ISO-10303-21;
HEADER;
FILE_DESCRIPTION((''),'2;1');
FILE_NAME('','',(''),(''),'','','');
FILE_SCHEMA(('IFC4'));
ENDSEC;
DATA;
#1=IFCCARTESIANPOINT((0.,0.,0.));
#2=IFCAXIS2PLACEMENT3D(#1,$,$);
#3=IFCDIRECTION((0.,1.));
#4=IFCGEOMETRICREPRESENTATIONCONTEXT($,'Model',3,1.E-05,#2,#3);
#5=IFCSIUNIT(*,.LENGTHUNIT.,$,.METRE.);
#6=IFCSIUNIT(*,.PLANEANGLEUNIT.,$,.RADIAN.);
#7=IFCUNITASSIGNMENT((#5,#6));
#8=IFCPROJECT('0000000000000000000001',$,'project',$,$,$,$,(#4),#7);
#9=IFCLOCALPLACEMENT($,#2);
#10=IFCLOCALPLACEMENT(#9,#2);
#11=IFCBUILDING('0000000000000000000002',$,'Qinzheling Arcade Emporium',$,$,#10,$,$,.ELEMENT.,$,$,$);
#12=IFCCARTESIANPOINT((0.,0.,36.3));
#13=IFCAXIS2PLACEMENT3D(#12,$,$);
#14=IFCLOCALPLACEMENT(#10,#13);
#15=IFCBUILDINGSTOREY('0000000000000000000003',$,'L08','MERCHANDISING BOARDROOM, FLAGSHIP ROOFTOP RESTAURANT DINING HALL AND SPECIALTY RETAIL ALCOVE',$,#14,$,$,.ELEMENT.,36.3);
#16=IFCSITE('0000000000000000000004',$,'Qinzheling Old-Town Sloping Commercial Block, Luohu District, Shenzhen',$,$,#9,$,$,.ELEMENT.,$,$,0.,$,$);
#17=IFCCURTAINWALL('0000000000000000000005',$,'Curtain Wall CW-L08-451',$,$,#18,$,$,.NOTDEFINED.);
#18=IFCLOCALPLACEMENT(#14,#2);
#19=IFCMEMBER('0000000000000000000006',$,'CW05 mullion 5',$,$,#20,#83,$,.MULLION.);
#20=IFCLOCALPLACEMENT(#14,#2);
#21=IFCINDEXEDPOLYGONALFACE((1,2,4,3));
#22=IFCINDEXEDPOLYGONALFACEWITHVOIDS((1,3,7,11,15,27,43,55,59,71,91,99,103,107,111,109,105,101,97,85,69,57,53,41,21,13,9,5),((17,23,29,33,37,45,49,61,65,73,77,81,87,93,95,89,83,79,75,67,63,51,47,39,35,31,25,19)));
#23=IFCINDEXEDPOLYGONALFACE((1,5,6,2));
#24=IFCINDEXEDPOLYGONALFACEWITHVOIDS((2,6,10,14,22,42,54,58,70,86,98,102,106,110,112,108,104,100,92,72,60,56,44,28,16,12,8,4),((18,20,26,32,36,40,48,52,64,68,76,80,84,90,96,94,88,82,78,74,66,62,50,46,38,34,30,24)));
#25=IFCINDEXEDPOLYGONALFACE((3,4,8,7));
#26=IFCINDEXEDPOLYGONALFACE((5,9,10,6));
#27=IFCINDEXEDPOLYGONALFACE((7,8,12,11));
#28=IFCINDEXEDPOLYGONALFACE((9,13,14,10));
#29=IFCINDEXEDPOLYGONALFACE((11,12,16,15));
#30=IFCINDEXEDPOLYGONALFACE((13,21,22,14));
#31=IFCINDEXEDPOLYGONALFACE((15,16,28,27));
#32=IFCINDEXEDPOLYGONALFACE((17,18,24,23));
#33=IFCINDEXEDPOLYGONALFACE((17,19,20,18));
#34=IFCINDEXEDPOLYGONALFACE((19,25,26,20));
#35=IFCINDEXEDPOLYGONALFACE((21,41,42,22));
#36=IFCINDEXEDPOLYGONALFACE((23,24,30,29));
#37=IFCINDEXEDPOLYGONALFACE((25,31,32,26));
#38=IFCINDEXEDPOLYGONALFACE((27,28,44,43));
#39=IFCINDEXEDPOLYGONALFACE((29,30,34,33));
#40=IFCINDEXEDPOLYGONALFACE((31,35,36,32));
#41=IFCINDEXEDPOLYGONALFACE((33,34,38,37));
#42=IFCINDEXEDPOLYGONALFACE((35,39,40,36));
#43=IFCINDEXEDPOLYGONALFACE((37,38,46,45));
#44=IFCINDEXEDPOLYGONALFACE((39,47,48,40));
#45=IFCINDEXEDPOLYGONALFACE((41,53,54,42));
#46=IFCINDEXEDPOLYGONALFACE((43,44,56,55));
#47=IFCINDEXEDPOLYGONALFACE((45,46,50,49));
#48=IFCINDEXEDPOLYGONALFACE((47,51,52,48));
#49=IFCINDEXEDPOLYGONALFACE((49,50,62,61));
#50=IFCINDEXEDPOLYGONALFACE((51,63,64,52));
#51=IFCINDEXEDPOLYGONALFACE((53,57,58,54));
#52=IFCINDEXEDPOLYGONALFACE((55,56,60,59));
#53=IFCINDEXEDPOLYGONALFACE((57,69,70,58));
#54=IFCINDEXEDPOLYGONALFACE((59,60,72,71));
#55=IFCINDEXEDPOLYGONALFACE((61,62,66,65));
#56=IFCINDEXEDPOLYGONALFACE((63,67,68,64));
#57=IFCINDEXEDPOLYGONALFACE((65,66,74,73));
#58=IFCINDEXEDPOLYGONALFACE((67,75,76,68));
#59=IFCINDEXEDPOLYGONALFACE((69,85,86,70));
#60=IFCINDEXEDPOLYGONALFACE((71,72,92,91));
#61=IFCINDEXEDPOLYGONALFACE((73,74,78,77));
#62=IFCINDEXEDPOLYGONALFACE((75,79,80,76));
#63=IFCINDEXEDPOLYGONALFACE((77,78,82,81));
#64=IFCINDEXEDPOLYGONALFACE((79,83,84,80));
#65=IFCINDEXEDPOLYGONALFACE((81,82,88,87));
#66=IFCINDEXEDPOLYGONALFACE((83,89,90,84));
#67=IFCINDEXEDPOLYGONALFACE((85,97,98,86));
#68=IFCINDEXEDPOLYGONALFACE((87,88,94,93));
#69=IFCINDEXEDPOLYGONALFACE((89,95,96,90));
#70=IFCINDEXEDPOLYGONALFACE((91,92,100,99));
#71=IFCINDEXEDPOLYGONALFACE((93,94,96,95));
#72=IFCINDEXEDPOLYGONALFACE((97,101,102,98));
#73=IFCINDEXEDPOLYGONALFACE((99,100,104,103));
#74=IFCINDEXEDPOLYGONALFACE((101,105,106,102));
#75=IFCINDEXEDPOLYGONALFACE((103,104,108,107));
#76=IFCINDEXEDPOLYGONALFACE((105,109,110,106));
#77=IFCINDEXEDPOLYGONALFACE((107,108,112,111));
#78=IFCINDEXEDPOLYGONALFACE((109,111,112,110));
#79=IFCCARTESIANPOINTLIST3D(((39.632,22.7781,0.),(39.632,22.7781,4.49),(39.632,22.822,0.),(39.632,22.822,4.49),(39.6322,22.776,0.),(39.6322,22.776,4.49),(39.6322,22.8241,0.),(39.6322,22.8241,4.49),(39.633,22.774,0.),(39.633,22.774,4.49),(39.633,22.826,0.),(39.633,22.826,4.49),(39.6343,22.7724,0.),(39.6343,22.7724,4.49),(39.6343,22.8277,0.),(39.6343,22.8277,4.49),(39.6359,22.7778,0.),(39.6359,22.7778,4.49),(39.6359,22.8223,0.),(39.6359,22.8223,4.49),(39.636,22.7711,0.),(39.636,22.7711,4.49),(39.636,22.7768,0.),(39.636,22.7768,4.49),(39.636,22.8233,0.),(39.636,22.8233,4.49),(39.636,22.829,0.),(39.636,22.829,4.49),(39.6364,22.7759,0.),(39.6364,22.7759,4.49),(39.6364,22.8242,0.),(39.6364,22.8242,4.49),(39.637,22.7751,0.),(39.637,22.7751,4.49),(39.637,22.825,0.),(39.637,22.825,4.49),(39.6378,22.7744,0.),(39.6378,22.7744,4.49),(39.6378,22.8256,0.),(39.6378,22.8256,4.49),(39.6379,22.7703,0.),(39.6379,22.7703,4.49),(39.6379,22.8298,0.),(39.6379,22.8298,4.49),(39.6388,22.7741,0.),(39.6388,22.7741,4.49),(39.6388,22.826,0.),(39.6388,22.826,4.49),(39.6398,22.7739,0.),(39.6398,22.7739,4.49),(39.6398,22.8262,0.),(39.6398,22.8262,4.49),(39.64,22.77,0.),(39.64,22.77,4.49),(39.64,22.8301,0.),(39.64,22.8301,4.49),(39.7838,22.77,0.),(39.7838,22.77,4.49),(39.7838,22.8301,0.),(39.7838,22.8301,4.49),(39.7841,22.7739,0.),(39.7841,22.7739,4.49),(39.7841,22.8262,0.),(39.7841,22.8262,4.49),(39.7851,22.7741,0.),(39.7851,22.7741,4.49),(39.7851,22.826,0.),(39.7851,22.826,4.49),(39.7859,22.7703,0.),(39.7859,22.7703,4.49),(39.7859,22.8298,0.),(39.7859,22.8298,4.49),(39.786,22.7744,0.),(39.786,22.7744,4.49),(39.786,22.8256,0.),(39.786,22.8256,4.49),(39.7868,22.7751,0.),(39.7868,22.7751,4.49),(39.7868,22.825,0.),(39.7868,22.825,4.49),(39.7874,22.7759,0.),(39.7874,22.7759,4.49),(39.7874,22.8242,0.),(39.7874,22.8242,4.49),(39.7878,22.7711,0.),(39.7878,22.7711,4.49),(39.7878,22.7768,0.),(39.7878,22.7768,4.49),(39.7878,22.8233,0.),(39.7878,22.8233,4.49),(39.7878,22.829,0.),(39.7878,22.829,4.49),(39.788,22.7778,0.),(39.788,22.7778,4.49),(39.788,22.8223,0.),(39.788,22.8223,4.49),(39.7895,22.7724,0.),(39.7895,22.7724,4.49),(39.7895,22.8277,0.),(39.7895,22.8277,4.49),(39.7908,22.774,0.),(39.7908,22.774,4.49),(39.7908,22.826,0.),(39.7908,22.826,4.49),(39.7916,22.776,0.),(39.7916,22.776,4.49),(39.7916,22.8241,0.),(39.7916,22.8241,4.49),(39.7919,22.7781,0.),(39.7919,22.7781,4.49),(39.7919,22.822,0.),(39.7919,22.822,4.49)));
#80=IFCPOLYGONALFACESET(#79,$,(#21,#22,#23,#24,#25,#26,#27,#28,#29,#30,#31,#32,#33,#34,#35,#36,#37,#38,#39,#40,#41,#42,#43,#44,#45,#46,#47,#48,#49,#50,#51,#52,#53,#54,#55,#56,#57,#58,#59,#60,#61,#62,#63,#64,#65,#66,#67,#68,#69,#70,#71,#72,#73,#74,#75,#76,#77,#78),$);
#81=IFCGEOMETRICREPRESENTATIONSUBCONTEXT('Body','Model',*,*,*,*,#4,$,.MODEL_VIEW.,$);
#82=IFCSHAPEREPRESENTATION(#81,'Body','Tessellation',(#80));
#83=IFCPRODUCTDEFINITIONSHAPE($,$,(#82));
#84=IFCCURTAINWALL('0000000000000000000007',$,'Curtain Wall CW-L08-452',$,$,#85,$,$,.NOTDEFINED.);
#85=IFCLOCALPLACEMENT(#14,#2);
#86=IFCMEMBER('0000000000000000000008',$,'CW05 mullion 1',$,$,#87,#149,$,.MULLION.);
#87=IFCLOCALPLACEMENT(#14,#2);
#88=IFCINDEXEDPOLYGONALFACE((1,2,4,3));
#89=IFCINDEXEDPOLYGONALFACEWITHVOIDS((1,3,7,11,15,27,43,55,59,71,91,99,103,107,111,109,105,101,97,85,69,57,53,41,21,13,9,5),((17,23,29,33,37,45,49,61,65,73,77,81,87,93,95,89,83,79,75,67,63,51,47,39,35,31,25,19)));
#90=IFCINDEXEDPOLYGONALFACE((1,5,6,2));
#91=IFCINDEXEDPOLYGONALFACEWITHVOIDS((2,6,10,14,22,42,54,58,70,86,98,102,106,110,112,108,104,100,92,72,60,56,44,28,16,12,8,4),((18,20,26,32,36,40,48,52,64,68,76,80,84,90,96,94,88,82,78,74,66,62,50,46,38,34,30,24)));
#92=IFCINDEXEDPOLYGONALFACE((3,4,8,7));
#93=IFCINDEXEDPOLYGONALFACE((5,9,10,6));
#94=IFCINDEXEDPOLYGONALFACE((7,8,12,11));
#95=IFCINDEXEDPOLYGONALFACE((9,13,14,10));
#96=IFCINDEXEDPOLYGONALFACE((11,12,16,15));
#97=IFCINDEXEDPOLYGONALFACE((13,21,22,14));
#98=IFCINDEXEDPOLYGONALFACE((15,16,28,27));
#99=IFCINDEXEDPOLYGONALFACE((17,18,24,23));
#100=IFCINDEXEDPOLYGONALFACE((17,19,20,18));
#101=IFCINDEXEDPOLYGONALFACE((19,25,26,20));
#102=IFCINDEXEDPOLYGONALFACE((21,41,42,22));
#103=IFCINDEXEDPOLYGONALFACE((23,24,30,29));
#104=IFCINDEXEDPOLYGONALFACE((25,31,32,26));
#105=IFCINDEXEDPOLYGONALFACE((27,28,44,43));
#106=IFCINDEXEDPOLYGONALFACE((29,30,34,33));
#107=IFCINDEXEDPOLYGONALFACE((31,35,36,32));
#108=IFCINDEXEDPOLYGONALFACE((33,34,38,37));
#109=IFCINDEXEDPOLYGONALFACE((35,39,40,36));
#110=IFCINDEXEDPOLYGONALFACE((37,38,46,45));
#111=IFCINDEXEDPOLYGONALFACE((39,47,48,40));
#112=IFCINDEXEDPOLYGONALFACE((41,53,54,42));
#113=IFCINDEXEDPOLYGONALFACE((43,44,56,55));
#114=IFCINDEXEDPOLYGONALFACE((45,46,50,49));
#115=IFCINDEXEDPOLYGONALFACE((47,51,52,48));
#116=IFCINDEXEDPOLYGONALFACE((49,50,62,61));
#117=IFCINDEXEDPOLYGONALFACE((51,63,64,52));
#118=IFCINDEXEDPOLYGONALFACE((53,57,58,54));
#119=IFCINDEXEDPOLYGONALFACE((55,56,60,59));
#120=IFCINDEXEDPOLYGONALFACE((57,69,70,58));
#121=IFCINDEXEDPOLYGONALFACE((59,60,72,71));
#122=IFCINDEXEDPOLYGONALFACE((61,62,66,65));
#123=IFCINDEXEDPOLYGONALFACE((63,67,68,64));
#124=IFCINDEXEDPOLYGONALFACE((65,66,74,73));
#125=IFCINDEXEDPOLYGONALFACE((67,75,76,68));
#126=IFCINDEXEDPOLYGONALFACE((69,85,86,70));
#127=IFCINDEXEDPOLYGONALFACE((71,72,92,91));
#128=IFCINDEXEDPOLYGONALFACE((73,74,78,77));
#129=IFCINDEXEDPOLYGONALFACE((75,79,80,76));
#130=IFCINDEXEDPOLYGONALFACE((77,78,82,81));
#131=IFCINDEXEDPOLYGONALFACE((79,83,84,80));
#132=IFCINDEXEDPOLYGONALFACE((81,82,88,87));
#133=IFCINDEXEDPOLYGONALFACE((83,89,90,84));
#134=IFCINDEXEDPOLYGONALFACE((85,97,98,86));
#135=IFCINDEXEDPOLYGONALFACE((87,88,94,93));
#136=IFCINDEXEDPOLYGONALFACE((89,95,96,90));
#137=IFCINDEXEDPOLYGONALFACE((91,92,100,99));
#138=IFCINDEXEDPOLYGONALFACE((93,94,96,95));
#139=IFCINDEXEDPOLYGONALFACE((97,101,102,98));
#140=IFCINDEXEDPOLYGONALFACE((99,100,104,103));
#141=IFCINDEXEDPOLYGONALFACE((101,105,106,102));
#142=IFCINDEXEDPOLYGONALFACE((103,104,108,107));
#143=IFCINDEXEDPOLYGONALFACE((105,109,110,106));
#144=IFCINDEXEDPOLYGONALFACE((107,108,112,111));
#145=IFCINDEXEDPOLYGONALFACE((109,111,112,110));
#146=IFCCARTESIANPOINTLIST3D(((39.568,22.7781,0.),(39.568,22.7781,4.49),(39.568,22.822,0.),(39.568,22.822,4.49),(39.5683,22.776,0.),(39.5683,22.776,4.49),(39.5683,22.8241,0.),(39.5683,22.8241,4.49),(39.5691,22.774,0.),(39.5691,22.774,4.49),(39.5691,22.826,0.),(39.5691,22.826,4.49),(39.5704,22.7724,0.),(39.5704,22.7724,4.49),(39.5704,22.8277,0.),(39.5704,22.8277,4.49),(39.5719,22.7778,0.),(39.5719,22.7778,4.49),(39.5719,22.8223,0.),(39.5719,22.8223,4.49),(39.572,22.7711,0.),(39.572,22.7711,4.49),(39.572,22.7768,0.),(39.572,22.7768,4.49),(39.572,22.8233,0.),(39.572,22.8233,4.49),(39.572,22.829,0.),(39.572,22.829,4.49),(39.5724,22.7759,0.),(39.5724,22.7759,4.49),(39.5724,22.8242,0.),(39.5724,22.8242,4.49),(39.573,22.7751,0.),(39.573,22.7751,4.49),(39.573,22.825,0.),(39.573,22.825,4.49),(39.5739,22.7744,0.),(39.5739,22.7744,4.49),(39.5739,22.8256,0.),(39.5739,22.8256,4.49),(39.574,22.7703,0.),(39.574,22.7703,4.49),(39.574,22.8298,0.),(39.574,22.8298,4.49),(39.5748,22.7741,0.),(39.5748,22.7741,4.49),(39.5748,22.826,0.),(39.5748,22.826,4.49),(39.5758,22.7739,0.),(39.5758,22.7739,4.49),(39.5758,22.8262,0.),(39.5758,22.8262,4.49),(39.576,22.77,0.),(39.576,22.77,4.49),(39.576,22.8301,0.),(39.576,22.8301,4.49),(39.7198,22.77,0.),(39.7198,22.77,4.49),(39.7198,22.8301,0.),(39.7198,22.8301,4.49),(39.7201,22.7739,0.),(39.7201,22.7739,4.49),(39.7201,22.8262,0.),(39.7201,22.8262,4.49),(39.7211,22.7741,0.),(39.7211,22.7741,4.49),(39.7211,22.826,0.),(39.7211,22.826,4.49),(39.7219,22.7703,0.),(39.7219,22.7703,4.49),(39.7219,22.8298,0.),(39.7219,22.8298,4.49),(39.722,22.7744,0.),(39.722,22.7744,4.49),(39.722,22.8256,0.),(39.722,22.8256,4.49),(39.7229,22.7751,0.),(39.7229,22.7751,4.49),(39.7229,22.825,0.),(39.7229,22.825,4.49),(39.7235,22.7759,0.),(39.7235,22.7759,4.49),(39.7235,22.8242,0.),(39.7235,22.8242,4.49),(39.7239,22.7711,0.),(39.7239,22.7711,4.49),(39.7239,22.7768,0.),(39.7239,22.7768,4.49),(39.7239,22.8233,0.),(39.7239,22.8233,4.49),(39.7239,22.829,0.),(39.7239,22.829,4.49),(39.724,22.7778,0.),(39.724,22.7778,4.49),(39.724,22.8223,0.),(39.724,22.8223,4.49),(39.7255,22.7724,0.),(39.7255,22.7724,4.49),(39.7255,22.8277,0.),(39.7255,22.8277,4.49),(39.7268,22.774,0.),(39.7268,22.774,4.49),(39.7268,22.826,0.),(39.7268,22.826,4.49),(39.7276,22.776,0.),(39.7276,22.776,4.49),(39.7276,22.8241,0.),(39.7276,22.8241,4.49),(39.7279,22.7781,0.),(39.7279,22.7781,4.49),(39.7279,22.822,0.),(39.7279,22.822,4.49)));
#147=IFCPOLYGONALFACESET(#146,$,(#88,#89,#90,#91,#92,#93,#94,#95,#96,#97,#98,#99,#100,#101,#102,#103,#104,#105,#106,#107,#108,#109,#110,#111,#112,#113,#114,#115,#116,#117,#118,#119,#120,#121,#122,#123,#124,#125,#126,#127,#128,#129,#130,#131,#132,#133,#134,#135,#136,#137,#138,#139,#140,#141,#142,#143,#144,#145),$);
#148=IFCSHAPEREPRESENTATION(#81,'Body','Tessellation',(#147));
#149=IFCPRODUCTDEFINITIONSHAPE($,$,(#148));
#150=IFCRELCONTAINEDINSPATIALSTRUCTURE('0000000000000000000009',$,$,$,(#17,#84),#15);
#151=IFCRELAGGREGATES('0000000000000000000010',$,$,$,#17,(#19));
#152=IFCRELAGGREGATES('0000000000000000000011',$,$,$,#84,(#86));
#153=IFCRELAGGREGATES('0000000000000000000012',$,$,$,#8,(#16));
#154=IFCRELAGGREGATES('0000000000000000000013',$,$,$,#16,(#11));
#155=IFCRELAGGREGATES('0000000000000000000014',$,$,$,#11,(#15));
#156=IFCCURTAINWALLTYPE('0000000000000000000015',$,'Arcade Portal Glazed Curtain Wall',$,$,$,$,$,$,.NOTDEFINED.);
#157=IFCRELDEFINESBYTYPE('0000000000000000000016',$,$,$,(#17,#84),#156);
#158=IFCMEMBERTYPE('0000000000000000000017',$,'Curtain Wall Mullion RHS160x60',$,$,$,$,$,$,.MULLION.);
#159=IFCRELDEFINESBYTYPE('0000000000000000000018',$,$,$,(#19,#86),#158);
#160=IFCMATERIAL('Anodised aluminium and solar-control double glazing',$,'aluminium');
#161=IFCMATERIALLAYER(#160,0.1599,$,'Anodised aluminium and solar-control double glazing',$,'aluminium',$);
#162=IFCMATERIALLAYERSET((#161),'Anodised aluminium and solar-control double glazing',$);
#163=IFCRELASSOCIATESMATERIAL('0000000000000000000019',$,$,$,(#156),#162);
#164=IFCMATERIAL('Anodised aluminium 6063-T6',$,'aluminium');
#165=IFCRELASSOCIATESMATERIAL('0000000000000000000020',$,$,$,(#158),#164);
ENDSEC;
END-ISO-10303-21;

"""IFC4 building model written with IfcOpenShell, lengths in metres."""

from ifc_helpers import new_model, si_unit, direction, frame, origin, origin_2d, place, context, subcontext, project, spatial, hollow_rectangle, extrude, material, layer, layer_set, material_profile, profile_set, type_object, element, aggregate, save


model = new_model("IFC4")

# Units and contexts
model_context = context("Model", 3, precision=1e-05, world=origin(), true_north=direction((0.0, 1.0)))
body_context = subcontext(model_context, "Body", "Model", "MODEL_VIEW")
ifc_project = project(units=[si_unit("LENGTHUNIT", "METRE"), si_unit("PLANEANGLEUNIT", "RADIAN")], contexts=[model_context])

# Site, building, storey
site_placement = place(None, origin())
site = spatial("IfcSite", under=ifc_project, at=site_placement, Name="Qinzheling Old-Town Sloping Commercial Block, Luohu District, Shenzhen", CompositionType="ELEMENT", RefElevation=0.0)
building_placement = place(site_placement, origin())
building = spatial("IfcBuilding", under=site, at=building_placement, Name="Qinzheling Arcade Emporium", CompositionType="ELEMENT")
storey_placement = place(building_placement, frame((0.0, 0.0, 36.3)))
storey = spatial("IfcBuildingStorey", under=building, at=storey_placement, Name="L08", Description="MERCHANDISING BOARDROOM, FLAGSHIP ROOFTOP RESTAURANT DINING HALL AND SPECIALTY RETAIL ALCOVE", CompositionType="ELEMENT", Elevation=36.3)

# Curtain wall, member
ifc_material_1 = material(Name="Anodised aluminium and solar-control double glazing", Category="aluminium")
ifc_layer_1 = layer(ifc_material_1, 0.1599, Name="Anodised aluminium and solar-control double glazing", Category="aluminium")
ifc_layer_set_1 = layer_set([ifc_layer_1], Name="Anodised aluminium and solar-control double glazing")
curtain_wall_type = type_object("IfcCurtainWallType", Name="Arcade Portal Glazed Curtain Wall", PredefinedType="NOTDEFINED", material=ifc_layer_set_1)
curtain_wall_1_placement = place(storey_placement, origin())
curtain_wall_1 = element("IfcCurtainWall", 1, at=curtain_wall_1_placement, inside=storey, type_object=curtain_wall_type, Name="Curtain Wall CW-L08-451", PredefinedType="NOTDEFINED")
ifc_material_2 = material(Name="Anodised aluminium 6063-T6", Category="aluminium")
ifc_material_profile_1 = material_profile(ifc_material_2, hollow_rectangle(XDim=0.0601, YDim=0.1599, WallThickness=0.0039, InnerFilletRadius=0.0039, OuterFilletRadius=0.0081, at=origin_2d()), Name="RHS 160x60x4", Category="aluminium")
ifc_profile_set_1 = profile_set([ifc_material_profile_1], Name="Anodised aluminium 6063-T6")
member_type_1 = type_object("IfcMemberType", Name="Curtain Wall Mullion RHS160x60", PredefinedType="MULLION", material=ifc_profile_set_1)
member_1_placement = place(storey_placement, frame((39.7119, 22.8, 0.0), z_axis=(0.0, 0.0, 1.0), x_axis=(0.0, -1.0, 0.0)))
member_1 = element("IfcMember", 2, at=member_1_placement, type_object=member_type_1, Name="CW05 mullion 5", PredefinedType="MULLION", context=body_context, shape_type="SweptSolid", body=[
    extrude(hollow_rectangle(XDim=0.0601, YDim=0.1599, WallThickness=0.0039, InnerFilletRadius=0.0039, OuterFilletRadius=0.0081, at=origin_2d()), origin(), (0.0, 0.0, 1.0), 4.49),
])

# Curtain wall, member
curtain_wall_2_placement = place(storey_placement, origin())
curtain_wall_2 = element("IfcCurtainWall", 3, at=curtain_wall_2_placement, inside=storey, type_object=curtain_wall_type, Name="Curtain Wall CW-L08-452", PredefinedType="NOTDEFINED")
member_2_placement = place(storey_placement, frame((39.6479, 22.8, 0.0), z_axis=(0.0, 0.0, 1.0), x_axis=(0.0, -1.0, 0.0)))
member_2 = element("IfcMember", 4, at=member_2_placement, type_object=member_type_1, Name="CW05 mullion 1", PredefinedType="MULLION", context=body_context, shape_type="SweptSolid", body=[
    extrude(hollow_rectangle(XDim=0.0601, YDim=0.1599, WallThickness=0.0039, InnerFilletRadius=0.0039, OuterFilletRadius=0.0081, at=origin_2d()), origin(), (0.0, 0.0, 1.0), 4.49),
])

aggregate(curtain_wall_1, [member_1])
aggregate(curtain_wall_2, [member_2])

save(model, "model.ifc")
